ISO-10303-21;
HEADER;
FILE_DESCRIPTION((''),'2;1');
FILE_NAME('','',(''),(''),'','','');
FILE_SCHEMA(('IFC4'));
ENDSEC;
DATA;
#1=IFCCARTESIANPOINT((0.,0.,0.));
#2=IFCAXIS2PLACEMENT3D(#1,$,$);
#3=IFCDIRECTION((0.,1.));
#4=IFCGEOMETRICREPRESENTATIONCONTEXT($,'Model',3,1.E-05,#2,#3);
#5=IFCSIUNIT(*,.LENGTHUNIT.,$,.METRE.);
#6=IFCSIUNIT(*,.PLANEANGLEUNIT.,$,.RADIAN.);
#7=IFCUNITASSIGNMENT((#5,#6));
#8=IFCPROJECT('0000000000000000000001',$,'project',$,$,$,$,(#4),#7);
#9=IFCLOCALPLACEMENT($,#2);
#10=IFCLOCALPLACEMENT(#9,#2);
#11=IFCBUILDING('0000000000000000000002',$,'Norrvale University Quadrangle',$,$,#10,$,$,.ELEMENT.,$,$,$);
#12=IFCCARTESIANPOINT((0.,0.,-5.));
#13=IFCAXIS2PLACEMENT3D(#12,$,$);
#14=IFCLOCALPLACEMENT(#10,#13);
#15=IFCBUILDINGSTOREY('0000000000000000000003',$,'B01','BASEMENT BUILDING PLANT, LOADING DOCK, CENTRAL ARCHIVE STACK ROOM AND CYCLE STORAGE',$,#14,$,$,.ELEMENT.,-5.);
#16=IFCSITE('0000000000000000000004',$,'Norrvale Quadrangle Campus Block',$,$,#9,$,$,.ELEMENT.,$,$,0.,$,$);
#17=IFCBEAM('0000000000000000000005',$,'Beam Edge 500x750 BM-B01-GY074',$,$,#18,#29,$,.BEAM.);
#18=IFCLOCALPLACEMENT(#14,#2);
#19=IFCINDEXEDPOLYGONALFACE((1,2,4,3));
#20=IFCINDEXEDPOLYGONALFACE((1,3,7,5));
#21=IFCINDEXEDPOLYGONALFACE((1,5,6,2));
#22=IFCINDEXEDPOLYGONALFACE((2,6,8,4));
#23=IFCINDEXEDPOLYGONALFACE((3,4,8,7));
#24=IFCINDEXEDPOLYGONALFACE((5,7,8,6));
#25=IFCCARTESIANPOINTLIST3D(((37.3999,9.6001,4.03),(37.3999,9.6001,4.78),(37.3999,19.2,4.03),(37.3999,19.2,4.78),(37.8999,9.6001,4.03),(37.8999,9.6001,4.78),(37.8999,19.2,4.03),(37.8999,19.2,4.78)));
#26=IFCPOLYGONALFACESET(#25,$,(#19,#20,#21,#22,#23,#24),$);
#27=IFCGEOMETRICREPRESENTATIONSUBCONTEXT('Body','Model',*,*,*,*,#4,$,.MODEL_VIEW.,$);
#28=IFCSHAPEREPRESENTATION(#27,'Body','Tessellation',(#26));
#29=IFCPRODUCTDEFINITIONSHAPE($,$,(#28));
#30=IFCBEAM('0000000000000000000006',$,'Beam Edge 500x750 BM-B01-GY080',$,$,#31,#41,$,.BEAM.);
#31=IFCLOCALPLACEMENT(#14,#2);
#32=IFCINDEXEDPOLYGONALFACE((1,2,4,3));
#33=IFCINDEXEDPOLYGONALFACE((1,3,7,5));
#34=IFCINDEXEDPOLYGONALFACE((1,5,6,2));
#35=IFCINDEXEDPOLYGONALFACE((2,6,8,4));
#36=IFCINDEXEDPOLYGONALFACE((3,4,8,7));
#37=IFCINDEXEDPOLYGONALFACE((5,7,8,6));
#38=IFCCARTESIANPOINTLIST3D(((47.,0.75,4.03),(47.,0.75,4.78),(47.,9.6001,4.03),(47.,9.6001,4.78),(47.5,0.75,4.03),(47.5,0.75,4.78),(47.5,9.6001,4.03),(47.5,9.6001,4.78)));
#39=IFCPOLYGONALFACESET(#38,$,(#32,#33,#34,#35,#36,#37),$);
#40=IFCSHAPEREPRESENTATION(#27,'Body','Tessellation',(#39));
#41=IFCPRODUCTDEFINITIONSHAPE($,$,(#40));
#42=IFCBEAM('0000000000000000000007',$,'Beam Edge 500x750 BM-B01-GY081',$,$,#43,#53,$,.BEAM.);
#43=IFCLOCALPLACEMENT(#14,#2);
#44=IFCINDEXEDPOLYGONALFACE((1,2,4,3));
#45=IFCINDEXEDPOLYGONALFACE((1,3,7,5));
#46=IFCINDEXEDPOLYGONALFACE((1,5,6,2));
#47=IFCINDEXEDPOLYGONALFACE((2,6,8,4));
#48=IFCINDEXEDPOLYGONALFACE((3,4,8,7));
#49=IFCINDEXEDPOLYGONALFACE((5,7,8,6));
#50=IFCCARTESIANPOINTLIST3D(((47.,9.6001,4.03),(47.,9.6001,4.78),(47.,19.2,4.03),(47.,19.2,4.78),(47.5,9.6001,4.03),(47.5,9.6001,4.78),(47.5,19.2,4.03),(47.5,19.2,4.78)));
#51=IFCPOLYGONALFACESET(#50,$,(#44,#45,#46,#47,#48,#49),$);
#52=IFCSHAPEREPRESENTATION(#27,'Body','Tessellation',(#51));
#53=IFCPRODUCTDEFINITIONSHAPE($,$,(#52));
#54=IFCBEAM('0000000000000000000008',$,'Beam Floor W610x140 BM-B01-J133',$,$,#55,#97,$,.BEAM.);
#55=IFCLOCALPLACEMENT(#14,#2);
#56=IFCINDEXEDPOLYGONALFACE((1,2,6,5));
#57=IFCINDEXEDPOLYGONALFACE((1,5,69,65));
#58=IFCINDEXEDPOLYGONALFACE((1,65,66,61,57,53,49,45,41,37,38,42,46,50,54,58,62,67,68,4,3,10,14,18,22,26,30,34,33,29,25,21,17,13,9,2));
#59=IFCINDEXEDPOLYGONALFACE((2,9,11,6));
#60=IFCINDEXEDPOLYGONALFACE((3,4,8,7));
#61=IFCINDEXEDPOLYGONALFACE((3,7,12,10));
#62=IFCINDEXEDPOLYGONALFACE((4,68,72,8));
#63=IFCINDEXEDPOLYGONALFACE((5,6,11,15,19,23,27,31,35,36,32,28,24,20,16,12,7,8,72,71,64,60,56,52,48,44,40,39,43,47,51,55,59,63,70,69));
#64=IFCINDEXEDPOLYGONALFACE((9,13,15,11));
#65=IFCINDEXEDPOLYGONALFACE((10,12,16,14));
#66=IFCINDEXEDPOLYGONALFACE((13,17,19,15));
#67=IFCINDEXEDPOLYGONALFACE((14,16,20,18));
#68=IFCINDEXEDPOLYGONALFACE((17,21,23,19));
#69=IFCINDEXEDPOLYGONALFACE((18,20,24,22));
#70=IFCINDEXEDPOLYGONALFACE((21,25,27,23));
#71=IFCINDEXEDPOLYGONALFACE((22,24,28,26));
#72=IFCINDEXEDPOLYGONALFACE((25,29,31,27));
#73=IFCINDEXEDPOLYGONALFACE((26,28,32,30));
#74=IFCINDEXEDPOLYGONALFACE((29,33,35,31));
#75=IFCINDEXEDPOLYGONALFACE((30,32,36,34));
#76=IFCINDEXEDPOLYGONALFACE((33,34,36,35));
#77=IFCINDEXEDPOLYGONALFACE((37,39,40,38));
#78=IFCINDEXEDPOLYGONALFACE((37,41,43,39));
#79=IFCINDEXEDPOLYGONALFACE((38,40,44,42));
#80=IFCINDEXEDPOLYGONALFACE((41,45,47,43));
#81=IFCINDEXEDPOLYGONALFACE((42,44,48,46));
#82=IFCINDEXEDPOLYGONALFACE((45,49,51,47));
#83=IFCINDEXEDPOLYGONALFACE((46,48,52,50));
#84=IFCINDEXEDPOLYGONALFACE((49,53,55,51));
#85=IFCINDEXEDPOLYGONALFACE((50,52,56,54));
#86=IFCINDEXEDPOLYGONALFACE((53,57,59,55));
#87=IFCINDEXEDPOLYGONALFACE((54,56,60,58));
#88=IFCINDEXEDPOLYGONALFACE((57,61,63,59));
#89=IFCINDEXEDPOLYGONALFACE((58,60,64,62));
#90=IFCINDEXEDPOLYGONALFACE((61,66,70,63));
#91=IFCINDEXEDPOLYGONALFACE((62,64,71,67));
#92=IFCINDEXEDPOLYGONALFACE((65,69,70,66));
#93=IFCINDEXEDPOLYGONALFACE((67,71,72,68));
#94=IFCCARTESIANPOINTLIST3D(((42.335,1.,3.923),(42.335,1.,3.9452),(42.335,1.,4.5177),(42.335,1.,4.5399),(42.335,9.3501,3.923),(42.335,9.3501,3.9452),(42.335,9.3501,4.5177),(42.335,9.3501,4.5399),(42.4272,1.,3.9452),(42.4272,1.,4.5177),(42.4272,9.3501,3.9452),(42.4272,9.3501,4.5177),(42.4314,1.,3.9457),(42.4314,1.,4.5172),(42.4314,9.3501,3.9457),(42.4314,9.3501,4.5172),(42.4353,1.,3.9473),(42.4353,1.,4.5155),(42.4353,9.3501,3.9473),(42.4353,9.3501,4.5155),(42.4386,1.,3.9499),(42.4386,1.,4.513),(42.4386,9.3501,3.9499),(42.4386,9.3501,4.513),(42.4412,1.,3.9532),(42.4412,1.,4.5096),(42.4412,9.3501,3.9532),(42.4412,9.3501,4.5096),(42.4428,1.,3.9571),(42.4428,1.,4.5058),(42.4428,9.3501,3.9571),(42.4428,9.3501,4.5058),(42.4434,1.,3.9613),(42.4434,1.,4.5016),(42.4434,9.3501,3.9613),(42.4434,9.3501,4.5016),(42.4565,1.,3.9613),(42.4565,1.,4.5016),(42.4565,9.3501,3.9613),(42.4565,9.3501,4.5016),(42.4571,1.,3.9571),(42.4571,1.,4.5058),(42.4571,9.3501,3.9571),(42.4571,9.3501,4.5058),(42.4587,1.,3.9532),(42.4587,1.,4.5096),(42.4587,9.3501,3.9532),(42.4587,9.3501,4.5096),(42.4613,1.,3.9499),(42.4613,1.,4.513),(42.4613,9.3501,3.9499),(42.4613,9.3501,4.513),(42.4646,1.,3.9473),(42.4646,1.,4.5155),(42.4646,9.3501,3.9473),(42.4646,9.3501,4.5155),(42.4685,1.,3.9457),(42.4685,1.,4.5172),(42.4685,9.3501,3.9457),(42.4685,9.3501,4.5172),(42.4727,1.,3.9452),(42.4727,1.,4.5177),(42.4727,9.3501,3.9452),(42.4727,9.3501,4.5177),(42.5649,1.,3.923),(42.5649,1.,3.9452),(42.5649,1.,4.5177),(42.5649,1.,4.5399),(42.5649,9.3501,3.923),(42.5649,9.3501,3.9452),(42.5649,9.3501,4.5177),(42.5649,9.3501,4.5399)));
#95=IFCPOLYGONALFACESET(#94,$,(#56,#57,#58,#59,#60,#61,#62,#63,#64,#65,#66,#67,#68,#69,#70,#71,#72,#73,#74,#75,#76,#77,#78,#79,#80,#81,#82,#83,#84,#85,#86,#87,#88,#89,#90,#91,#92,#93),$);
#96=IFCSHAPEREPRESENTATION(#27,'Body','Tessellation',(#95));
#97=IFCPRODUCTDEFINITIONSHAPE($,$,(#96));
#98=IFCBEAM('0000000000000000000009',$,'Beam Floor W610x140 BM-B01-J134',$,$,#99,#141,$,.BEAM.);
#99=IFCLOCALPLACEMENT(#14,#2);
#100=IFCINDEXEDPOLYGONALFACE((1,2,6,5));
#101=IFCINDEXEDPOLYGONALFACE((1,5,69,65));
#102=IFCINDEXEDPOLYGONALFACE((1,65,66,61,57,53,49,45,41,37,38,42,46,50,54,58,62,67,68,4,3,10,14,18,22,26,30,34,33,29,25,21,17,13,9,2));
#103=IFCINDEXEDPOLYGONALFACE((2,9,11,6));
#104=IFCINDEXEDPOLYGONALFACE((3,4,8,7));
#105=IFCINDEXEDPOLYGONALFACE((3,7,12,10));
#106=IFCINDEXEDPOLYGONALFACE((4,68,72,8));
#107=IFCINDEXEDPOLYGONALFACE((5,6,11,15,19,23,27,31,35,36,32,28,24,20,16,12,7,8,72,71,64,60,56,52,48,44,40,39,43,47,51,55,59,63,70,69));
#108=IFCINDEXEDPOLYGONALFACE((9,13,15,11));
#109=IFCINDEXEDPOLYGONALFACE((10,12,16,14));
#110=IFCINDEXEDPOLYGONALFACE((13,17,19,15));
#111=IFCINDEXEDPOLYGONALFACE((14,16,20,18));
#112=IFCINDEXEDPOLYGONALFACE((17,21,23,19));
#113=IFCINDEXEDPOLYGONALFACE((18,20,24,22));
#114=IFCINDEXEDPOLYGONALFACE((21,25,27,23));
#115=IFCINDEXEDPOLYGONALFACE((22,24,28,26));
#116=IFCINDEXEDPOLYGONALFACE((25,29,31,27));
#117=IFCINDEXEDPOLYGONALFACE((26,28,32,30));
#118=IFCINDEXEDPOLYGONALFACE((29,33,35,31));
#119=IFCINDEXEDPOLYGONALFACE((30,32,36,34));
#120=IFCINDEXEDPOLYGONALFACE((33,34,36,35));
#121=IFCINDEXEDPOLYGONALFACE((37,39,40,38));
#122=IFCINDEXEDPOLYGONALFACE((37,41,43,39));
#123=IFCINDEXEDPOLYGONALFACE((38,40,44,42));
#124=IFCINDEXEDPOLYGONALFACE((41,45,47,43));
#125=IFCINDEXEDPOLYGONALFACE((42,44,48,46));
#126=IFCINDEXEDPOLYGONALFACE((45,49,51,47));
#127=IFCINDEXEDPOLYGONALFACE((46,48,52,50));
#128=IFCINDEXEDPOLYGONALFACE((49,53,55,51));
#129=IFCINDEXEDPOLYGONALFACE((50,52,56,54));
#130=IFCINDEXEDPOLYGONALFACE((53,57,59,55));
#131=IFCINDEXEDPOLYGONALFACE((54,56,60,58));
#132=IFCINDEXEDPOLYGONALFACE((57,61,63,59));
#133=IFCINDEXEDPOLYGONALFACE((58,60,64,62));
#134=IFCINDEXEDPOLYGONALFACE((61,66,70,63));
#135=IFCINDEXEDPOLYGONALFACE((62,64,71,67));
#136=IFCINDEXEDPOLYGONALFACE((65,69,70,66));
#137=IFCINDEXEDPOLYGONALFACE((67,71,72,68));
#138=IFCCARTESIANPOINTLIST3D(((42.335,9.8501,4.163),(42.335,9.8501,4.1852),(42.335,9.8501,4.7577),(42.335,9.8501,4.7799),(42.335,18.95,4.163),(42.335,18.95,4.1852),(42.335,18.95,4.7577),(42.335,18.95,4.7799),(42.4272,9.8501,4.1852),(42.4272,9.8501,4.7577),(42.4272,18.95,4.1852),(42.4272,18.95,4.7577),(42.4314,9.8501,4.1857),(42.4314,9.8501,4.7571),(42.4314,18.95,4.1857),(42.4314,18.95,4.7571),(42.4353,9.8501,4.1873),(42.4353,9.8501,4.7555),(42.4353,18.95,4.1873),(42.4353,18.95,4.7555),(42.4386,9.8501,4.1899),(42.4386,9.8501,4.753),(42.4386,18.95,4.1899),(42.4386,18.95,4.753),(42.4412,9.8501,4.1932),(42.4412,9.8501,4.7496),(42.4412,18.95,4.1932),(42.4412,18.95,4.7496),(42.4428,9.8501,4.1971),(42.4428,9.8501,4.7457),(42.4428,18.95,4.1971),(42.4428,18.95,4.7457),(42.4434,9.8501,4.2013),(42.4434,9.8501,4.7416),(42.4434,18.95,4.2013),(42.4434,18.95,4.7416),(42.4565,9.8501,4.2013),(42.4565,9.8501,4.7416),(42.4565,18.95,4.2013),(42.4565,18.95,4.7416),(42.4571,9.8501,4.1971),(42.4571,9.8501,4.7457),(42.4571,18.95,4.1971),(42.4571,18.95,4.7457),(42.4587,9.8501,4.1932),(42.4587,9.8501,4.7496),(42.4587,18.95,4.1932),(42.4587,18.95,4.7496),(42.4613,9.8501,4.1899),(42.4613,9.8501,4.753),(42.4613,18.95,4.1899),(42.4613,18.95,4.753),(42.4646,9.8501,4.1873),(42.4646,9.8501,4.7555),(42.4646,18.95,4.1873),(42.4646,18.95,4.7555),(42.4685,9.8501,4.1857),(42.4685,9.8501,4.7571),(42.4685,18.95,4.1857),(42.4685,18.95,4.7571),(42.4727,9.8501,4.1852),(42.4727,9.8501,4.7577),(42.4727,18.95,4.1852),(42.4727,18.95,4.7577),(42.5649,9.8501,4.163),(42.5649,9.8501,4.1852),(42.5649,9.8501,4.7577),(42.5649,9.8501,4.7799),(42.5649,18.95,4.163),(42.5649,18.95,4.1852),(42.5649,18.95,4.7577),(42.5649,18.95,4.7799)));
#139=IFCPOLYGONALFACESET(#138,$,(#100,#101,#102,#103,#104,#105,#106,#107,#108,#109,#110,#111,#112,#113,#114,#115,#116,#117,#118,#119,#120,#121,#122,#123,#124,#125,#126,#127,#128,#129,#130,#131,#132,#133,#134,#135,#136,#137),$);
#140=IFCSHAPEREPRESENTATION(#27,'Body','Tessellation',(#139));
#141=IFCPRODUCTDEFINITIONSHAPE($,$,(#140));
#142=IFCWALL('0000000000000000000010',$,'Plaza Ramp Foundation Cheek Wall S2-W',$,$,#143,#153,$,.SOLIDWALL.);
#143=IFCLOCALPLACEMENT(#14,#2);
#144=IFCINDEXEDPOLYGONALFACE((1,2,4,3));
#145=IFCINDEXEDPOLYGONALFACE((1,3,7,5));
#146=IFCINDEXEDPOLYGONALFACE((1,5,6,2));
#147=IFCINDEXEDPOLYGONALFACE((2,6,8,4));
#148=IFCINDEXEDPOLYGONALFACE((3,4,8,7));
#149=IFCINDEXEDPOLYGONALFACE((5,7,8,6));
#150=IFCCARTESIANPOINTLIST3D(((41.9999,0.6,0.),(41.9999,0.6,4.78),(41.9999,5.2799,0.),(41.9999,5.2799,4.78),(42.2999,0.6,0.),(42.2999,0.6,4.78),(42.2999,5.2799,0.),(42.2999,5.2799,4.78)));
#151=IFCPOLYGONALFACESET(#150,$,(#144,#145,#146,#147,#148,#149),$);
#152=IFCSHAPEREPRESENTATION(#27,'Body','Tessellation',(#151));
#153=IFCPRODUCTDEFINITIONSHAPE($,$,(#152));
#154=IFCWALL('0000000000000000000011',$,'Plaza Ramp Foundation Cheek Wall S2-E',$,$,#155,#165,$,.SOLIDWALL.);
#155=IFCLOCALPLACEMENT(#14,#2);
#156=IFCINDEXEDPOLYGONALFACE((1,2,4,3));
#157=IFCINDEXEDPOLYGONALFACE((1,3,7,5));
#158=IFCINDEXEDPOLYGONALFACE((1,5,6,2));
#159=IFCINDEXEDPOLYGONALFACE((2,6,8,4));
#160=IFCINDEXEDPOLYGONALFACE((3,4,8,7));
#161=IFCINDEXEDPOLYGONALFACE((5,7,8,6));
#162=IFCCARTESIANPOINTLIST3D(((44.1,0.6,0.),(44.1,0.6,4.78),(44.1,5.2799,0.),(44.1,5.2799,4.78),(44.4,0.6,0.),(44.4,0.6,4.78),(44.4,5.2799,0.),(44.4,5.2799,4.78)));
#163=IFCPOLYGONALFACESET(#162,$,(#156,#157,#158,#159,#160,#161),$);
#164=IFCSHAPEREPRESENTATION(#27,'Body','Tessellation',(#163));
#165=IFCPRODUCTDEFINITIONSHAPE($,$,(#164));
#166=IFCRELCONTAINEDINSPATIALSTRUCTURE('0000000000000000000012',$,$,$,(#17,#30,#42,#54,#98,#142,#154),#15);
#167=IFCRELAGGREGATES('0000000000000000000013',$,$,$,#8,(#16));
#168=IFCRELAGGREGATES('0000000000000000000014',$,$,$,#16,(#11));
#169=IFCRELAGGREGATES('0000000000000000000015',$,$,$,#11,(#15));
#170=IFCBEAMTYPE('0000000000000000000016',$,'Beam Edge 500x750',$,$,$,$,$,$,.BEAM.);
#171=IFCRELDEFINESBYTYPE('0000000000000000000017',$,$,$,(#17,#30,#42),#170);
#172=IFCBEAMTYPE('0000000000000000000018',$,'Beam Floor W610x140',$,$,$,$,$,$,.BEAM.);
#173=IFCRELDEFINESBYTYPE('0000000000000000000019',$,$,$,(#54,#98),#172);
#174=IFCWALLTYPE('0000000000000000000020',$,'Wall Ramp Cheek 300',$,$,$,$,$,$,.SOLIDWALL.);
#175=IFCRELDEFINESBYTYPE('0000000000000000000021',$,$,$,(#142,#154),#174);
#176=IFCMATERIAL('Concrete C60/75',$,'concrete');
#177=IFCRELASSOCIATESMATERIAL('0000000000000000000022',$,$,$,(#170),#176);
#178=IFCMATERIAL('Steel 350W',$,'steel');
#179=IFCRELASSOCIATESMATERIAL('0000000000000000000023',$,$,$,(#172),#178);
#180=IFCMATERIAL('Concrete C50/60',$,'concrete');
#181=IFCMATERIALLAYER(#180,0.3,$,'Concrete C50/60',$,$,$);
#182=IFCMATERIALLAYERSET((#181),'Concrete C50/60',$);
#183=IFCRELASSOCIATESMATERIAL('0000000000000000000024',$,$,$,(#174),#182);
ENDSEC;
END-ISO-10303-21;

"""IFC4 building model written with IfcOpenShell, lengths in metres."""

from ifc_helpers import new_model, si_unit, direction, frame, frame_2d, origin, origin_2d, place, context, subcontext, project, spatial, rectangle, i_section, extrude, material, layer, layer_set, material_profile, profile_set, type_object, element, save


model = new_model("IFC4")

# Units and contexts
model_context = context("Model", 3, precision=1e-05, world=origin(), true_north=direction((0.0, 1.0)))
body_context = subcontext(model_context, "Body", "Model", "MODEL_VIEW")
ifc_project = project(units=[si_unit("LENGTHUNIT", "METRE"), si_unit("PLANEANGLEUNIT", "RADIAN")], contexts=[model_context])

# Site, building, storey
site_placement = place(None, origin())
site = spatial("IfcSite", under=ifc_project, at=site_placement, Name="Norrvale Quadrangle Campus Block", CompositionType="ELEMENT", RefElevation=0.0)
building_placement = place(site_placement, origin())
building = spatial("IfcBuilding", under=site, at=building_placement, Name="Norrvale University Quadrangle", CompositionType="ELEMENT")
storey_placement = place(building_placement, frame((0.0, 0.0, -5.0)))
storey = spatial("IfcBuildingStorey", under=building, at=storey_placement, Name="B01", Description="BASEMENT BUILDING PLANT, LOADING DOCK, CENTRAL ARCHIVE STACK ROOM AND CYCLE STORAGE", CompositionType="ELEMENT", Elevation=-5.0)

# Shared definitions
ifc_material_1 = material(Name="Concrete C50/60", Category="concrete")

# Beams
ifc_material_2 = material(Name="Concrete C60/75", Category="concrete")
ifc_material_profile_1 = material_profile(ifc_material_2, rectangle(XDim=0.5, YDim=0.75, at=origin_2d()), Name="Concrete C60/75")
ifc_profile_set_1 = profile_set([ifc_material_profile_1], Name="Concrete C60/75")
beam_type_1 = type_object("IfcBeamType", Name="Beam Edge 500x750", PredefinedType="BEAM", material=ifc_profile_set_1)
beam_1_placement = place(storey_placement, frame((37.6499, 9.6001, 4.405), z_axis=(0.0, 1.0, 0.0), x_axis=(-1.0, 0.0, 0.0)))
element("IfcBeam", 1, at=beam_1_placement, inside=storey, type_object=beam_type_1, Name="Beam Edge 500x750 BM-B01-GY074", PredefinedType="BEAM", context=body_context, shape_type="SweptSolid", body=[
    extrude(rectangle(XDim=0.5, YDim=0.75, at=origin_2d()), origin(), (0.0, 0.0, 1.0), 9.5999),
])
beam_2_placement = place(storey_placement, frame((47.25, 0.75, 4.405), z_axis=(0.0, 1.0, 0.0), x_axis=(-1.0, 0.0, 0.0)))
element("IfcBeam", 2, at=beam_2_placement, inside=storey, type_object=beam_type_1, Name="Beam Edge 500x750 BM-B01-GY080", PredefinedType="BEAM", context=body_context, shape_type="SweptSolid", body=[
    extrude(rectangle(XDim=0.5, YDim=0.75, at=origin_2d()), origin(), (0.0, 0.0, 1.0), 8.8501),
])
beam_3_placement = place(storey_placement, frame((47.25, 9.6001, 4.405), z_axis=(0.0, 1.0, 0.0), x_axis=(-1.0, 0.0, 0.0)))
element("IfcBeam", 3, at=beam_3_placement, inside=storey, type_object=beam_type_1, Name="Beam Edge 500x750 BM-B01-GY081", PredefinedType="BEAM", context=body_context, shape_type="SweptSolid", body=[
    extrude(rectangle(XDim=0.5, YDim=0.75, at=origin_2d()), origin(), (0.0, 0.0, 1.0), 9.5999),
])
ifc_material_3 = material(Name="Steel 350W", Category="steel")
ifc_material_profile_2 = material_profile(ifc_material_3, i_section(OverallWidth=0.23, OverallDepth=0.6169, WebThickness=0.0132, FlangeThickness=0.0222, FilletRadius=0.0161, at=origin_2d()), Name="Steel 350W")
ifc_profile_set_2 = profile_set([ifc_material_profile_2], Name="Steel 350W")
beam_type_2 = type_object("IfcBeamType", Name="Beam Floor W610x140", PredefinedType="BEAM", material=ifc_profile_set_2)
beam_4_placement = place(storey_placement, frame((42.45, 1.0, 4.2314), z_axis=(0.0, 1.0, 0.0), x_axis=(-1.0, 0.0, 0.0)))
element("IfcBeam", 4, at=beam_4_placement, inside=storey, type_object=beam_type_2, Name="Beam Floor W610x140 BM-B01-J133", PredefinedType="BEAM", context=body_context, shape_type="SweptSolid", body=[
    extrude(i_section(OverallWidth=0.23, OverallDepth=0.6169, WebThickness=0.0132, FlangeThickness=0.0222, FilletRadius=0.0161, at=origin_2d()), origin(), (0.0, 0.0, 1.0), 8.3501),
])
beam_5_placement = place(storey_placement, frame((42.45, 9.8501, 4.4714), z_axis=(0.0, 1.0, 0.0), x_axis=(-1.0, 0.0, 0.0)))
element("IfcBeam", 5, at=beam_5_placement, inside=storey, type_object=beam_type_2, Name="Beam Floor W610x140 BM-B01-J134", PredefinedType="BEAM", context=body_context, shape_type="SweptSolid", body=[
    extrude(i_section(OverallWidth=0.23, OverallDepth=0.6169, WebThickness=0.0132, FlangeThickness=0.0222, FilletRadius=0.0161, at=origin_2d()), origin(), (0.0, 0.0, 1.0), 9.0999),
])

# Walls
ifc_layer = layer(ifc_material_1, 0.3, Name="Concrete C50/60")
ifc_layer_set = layer_set([ifc_layer], Name="Concrete C50/60")
wall_type = type_object("IfcWallType", Name="Wall Ramp Cheek 300", PredefinedType="SOLIDWALL", material=ifc_layer_set)
for number, where, z_axis, x_axis, name in (
    (6, (42.1499, 0.6001, 0.0), (0.0, 0.0, 1.0), (0.0, 1.0, 0.0), "Plaza Ramp Foundation Cheek Wall S2-W"),
    (7, (44.25, 0.6001, 0.0), (0.0, 0.0, 1.0), (0.0, 1.0, 0.0), "Plaza Ramp Foundation Cheek Wall S2-E"),
):
    element("IfcWall", number, at=place(storey_placement, frame(where, z_axis=z_axis, x_axis=x_axis)), inside=storey, type_object=wall_type, Name=name, PredefinedType="SOLIDWALL", context=body_context, shape_type="SweptSolid", body=[
        extrude(rectangle(XDim=4.6799, YDim=0.3, at=frame_2d((2.3398, 0.0))), origin(), (0.0, 0.0, 1.0), 4.78),
    ])

save(model, "model.ifc")
